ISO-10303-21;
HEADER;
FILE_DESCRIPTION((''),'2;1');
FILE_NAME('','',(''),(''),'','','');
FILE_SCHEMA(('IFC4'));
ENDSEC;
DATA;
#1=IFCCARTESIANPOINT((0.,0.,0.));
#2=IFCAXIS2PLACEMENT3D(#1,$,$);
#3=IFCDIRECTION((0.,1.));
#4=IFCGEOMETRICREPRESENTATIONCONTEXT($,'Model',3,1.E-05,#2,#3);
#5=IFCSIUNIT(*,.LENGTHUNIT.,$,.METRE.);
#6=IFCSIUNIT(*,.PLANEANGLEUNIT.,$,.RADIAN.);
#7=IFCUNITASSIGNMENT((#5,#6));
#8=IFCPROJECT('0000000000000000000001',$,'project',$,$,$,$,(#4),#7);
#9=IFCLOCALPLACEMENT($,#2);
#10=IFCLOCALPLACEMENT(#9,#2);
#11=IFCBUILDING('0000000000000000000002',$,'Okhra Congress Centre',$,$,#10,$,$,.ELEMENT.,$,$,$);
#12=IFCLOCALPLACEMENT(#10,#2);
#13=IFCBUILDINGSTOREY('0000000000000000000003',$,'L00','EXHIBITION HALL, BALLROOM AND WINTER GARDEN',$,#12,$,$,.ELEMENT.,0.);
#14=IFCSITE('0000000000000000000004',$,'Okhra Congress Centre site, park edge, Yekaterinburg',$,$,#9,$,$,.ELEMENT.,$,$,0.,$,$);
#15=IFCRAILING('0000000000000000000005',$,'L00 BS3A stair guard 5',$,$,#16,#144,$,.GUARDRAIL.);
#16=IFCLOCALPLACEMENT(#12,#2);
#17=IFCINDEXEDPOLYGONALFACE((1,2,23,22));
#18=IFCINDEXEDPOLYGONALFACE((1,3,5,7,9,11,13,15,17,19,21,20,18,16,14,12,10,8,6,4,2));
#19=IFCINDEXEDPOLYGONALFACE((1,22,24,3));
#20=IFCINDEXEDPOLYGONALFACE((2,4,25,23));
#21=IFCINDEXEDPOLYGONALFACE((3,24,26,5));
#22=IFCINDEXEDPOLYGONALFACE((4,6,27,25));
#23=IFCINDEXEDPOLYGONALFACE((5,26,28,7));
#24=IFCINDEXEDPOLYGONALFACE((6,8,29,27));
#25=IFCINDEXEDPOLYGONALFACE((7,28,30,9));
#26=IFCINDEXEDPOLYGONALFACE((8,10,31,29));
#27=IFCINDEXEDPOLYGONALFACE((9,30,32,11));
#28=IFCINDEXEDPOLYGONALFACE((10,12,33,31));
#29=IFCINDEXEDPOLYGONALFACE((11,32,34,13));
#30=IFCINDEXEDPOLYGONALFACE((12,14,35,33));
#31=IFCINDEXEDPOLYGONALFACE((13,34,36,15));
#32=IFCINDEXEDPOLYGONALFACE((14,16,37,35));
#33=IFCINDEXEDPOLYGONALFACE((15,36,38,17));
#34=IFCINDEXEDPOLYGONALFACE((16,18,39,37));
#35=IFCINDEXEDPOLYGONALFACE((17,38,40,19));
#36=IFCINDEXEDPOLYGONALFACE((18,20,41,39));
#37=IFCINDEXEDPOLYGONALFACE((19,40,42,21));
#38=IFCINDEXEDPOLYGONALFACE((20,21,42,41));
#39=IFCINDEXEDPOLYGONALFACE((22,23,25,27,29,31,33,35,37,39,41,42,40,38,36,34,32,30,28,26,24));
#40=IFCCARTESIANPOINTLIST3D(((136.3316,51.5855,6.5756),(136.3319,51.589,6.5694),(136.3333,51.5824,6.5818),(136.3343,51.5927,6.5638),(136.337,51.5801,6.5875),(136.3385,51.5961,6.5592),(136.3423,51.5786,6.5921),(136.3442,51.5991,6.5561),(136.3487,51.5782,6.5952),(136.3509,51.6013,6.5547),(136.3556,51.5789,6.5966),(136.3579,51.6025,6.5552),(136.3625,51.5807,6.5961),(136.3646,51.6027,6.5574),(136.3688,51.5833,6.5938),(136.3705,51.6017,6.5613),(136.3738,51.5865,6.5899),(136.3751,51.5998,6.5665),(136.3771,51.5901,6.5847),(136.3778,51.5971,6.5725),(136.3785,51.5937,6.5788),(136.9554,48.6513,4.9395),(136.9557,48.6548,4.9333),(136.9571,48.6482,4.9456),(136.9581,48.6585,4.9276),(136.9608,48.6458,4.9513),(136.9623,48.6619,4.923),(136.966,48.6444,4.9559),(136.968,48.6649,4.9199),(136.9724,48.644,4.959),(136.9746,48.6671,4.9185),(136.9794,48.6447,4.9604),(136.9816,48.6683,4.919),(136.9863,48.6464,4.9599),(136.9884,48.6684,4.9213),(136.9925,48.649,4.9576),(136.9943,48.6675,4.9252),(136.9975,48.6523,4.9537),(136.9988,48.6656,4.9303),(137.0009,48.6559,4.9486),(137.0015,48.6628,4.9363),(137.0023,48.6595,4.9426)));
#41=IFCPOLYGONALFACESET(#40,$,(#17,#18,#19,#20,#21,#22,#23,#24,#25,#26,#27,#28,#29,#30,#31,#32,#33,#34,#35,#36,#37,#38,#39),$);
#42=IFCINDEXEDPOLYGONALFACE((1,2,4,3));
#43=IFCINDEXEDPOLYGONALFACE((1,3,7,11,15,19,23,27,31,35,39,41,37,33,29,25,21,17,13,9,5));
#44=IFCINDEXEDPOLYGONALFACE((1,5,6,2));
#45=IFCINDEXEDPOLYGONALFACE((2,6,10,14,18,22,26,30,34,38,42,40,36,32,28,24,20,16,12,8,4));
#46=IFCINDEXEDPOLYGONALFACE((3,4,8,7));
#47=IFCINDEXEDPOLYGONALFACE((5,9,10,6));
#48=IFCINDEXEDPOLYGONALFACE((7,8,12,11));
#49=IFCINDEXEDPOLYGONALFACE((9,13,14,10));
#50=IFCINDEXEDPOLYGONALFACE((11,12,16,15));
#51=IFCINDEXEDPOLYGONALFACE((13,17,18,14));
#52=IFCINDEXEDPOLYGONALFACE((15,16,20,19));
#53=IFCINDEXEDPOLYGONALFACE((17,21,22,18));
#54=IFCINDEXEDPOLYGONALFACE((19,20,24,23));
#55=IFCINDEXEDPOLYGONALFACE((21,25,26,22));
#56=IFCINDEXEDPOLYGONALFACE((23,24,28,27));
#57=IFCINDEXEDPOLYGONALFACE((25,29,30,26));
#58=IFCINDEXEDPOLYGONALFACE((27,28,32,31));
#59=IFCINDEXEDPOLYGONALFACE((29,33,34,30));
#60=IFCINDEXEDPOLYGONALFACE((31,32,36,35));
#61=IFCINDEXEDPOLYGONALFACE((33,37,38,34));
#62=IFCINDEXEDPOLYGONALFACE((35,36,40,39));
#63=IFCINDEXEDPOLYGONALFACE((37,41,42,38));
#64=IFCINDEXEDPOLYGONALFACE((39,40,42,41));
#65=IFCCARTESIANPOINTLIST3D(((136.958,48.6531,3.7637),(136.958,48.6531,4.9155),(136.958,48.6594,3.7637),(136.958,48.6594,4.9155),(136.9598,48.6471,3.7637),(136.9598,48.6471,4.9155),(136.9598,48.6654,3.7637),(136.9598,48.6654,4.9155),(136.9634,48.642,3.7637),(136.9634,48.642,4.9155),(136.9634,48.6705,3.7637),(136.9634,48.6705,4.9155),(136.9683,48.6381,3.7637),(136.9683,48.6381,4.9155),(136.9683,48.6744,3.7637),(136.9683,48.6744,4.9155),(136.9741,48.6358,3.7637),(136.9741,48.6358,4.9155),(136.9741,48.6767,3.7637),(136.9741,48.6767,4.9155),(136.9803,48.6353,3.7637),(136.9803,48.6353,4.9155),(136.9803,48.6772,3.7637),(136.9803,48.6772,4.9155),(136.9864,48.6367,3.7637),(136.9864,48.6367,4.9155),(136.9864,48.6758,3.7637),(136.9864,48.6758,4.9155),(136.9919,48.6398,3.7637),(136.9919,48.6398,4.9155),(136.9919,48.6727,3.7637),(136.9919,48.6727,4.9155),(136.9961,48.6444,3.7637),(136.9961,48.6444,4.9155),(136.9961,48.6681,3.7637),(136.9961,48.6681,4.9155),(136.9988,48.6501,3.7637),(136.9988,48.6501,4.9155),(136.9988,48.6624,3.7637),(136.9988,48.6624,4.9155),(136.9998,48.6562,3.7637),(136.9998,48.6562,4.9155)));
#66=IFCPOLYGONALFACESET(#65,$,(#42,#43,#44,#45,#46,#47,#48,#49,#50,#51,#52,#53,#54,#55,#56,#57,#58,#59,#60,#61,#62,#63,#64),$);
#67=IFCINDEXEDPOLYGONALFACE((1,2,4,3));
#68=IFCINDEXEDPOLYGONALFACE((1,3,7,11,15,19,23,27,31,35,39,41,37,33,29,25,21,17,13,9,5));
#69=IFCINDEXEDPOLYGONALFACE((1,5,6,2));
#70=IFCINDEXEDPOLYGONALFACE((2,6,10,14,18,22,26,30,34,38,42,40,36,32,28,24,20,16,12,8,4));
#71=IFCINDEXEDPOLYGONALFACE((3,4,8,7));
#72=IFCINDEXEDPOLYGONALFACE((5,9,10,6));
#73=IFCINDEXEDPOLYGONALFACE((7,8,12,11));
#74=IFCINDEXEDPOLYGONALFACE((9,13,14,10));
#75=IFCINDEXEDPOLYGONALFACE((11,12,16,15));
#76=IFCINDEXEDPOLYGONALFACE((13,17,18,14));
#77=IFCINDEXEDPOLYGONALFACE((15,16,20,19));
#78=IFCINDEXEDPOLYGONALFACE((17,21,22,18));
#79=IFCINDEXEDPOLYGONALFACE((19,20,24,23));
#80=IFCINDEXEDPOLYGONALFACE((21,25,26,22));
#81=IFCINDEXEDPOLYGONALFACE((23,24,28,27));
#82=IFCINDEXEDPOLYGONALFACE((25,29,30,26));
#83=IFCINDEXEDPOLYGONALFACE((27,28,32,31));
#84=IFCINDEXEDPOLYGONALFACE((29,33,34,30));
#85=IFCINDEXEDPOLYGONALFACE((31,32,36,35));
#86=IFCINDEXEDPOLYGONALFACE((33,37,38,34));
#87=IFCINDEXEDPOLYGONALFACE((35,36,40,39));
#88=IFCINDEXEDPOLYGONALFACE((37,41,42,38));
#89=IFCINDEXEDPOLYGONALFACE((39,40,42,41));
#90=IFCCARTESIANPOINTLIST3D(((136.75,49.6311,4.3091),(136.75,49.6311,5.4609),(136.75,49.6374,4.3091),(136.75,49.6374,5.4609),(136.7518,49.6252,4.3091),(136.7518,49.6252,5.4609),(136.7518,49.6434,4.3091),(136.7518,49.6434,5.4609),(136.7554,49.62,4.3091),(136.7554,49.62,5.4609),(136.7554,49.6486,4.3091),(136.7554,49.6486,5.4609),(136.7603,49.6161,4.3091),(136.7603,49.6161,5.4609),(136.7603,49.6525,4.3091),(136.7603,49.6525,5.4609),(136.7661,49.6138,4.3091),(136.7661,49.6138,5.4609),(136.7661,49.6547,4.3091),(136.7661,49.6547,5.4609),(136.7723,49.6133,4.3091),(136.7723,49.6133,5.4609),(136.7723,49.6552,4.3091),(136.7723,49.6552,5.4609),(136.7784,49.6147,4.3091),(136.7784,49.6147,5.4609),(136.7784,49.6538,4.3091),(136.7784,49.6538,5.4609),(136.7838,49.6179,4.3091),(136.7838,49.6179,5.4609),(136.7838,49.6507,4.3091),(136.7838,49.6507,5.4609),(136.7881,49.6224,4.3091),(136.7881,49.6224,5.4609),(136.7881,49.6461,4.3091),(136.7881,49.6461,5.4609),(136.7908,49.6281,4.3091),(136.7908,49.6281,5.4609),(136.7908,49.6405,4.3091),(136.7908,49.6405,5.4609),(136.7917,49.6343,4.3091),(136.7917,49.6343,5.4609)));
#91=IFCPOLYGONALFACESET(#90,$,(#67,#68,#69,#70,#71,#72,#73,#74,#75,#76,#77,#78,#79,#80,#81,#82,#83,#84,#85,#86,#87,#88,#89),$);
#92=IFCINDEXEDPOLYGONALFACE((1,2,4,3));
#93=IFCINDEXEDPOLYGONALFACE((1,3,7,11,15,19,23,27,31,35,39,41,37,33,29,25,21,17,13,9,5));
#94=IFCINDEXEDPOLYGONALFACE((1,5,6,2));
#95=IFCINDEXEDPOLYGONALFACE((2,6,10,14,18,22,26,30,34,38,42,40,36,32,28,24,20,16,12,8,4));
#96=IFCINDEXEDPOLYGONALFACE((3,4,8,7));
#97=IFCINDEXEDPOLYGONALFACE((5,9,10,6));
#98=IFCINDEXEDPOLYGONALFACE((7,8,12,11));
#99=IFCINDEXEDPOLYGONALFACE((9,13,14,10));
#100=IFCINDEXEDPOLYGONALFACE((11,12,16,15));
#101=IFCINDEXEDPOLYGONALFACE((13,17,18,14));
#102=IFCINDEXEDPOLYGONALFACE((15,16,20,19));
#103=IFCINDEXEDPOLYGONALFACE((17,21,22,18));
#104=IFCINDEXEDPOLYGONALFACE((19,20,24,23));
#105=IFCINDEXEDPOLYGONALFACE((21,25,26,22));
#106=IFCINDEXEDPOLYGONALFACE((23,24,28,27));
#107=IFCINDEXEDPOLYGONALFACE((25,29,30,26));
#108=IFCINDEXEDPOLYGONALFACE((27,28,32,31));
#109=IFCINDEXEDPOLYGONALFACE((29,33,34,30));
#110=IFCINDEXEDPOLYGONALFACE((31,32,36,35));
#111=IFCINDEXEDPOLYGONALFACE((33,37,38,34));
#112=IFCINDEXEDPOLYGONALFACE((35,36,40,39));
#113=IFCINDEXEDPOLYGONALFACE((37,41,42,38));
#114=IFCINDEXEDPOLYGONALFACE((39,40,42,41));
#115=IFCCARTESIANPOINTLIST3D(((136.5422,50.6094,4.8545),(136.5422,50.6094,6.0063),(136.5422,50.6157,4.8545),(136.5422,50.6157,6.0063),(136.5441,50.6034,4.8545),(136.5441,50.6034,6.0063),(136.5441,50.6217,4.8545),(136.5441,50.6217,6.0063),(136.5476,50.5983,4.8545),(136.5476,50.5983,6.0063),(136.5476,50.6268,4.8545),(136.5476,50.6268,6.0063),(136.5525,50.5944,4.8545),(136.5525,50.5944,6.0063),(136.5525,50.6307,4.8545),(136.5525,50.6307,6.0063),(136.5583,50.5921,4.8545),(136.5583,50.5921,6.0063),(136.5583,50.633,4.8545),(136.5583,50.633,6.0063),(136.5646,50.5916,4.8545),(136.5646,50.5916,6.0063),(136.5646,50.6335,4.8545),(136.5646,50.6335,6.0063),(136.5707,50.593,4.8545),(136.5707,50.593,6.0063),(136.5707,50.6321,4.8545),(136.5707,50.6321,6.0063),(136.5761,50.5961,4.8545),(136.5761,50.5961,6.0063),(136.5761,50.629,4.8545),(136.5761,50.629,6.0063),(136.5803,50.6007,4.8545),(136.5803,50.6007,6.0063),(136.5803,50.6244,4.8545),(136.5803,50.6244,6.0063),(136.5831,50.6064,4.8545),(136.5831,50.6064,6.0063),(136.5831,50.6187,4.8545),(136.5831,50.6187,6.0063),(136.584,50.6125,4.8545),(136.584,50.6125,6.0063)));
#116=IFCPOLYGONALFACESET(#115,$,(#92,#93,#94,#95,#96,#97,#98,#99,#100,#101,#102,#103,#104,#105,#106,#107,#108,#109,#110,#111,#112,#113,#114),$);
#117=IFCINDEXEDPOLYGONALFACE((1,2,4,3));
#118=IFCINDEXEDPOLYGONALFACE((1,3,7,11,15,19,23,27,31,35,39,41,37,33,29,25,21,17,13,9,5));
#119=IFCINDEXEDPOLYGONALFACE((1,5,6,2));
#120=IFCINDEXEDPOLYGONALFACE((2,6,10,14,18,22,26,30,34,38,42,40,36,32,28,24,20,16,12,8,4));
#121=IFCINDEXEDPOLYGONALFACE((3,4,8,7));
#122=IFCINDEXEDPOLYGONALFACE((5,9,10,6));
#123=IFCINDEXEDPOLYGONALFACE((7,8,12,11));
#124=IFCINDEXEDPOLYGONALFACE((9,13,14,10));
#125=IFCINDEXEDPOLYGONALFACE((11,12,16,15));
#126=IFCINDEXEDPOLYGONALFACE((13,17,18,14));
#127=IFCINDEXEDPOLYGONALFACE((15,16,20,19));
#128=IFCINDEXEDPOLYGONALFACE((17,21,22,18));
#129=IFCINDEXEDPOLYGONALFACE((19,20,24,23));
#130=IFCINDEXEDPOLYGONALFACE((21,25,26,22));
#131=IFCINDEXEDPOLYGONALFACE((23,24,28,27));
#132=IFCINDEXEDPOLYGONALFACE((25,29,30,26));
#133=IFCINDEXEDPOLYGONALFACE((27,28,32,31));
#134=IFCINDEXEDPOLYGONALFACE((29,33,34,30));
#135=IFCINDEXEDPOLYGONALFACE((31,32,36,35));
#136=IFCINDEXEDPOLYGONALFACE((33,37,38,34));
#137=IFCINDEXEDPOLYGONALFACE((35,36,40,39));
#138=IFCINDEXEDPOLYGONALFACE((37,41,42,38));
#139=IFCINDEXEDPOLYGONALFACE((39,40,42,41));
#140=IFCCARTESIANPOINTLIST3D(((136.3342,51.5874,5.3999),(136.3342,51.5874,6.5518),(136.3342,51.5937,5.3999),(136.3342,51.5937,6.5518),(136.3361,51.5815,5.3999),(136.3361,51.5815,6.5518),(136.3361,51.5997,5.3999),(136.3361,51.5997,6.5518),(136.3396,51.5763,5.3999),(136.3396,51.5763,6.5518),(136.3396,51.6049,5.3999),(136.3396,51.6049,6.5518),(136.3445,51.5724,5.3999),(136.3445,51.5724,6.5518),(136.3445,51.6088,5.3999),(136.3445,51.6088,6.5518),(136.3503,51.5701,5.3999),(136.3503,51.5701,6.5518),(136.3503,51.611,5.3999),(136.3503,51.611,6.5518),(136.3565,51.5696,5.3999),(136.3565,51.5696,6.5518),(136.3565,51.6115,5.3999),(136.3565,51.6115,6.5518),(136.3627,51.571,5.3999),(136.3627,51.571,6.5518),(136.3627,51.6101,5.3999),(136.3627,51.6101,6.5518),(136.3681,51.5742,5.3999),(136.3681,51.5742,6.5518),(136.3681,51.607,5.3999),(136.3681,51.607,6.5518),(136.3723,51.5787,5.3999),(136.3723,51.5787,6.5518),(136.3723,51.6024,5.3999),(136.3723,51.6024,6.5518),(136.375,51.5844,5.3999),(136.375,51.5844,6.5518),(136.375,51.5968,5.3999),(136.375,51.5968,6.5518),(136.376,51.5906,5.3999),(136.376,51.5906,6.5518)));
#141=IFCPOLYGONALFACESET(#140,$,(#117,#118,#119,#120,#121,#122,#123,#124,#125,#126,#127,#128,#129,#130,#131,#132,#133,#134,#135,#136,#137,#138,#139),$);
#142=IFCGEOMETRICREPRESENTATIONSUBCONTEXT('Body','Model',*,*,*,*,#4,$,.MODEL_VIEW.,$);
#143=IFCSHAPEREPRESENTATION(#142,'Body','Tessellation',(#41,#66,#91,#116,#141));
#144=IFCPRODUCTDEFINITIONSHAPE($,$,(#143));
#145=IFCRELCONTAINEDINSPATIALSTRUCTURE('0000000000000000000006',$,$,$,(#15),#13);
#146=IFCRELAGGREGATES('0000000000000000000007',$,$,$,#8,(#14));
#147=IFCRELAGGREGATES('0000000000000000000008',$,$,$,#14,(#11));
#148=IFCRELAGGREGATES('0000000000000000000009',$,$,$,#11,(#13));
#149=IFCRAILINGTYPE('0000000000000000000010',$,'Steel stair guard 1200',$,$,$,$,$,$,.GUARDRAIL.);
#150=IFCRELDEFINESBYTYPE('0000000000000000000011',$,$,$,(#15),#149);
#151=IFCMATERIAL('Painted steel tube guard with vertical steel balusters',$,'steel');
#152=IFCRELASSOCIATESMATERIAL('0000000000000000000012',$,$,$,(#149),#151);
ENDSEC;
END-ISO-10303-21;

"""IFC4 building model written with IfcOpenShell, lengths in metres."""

from ifc_helpers import new_model, si_unit, direction, frame, origin, origin_2d, place, context, subcontext, project, spatial, circle, extrude, material, type_object, element, save


model = new_model("IFC4")

# Units and contexts
model_context = context("Model", 3, precision=1e-05, world=origin(), true_north=direction((0.0, 1.0)))
body_context = subcontext(model_context, "Body", "Model", "MODEL_VIEW")
ifc_project = project(units=[si_unit("LENGTHUNIT", "METRE"), si_unit("PLANEANGLEUNIT", "RADIAN")], contexts=[model_context])

# Site, building, storey
site_placement = place(None, origin())
site = spatial("IfcSite", under=ifc_project, at=site_placement, Name="Okhra Congress Centre site, park edge, Yekaterinburg", CompositionType="ELEMENT", RefElevation=0.0)
building_placement = place(site_placement, origin())
building = spatial("IfcBuilding", under=site, at=building_placement, Name="Okhra Congress Centre", CompositionType="ELEMENT")
storey_placement = place(building_placement, origin())
storey = spatial("IfcBuildingStorey", under=building, at=storey_placement, Name="L00", Description="EXHIBITION HALL, BALLROOM AND WINTER GARDEN", CompositionType="ELEMENT", Elevation=0.0)

# Railing
ifc_material_1 = material(Name="Painted steel tube guard with vertical steel balusters", Category="steel")
railing_type_1 = type_object("IfcRailingType", Name="Steel stair guard 1200", PredefinedType="GUARDRAIL", material=ifc_material_1)
railing_1_placement = place(storey_placement, frame((136.9788, 48.6562, 3.7637)))
element("IfcRailing", 1, at=railing_1_placement, inside=storey, type_object=railing_type_1, Name="L00 BS3A stair guard 5", PredefinedType="GUARDRAIL", context=body_context, shape_type="SweptSolid", body=[
    extrude(circle(Radius=0.0239, at=origin_2d()), frame((0.0, 0.0, 1.1758), z_axis=(-0.182546, 0.858716, 0.478835), x_axis=(-0.978143, -0.207934, 0.0)), (0.0, 0.0, 1.0), 3.417),
    extrude(circle(Radius=0.021, at=origin_2d()), origin(), (0.0, 0.0, 1.0), 1.1519),
    extrude(circle(Radius=0.021, at=origin_2d()), frame((-0.208, 0.978, 0.5454)), (0.0, 0.0, 1.0), 1.1519),
    extrude(circle(Radius=0.021, at=origin_2d()), frame((-0.4158, 1.9563, 1.0908)), (0.0, 0.0, 1.0), 1.1519),
    extrude(circle(Radius=0.021, at=origin_2d()), frame((-0.6238, 2.9343, 1.6362)), (0.0, 0.0, 1.0), 1.1519),
])

save(model, "model.ifc")
